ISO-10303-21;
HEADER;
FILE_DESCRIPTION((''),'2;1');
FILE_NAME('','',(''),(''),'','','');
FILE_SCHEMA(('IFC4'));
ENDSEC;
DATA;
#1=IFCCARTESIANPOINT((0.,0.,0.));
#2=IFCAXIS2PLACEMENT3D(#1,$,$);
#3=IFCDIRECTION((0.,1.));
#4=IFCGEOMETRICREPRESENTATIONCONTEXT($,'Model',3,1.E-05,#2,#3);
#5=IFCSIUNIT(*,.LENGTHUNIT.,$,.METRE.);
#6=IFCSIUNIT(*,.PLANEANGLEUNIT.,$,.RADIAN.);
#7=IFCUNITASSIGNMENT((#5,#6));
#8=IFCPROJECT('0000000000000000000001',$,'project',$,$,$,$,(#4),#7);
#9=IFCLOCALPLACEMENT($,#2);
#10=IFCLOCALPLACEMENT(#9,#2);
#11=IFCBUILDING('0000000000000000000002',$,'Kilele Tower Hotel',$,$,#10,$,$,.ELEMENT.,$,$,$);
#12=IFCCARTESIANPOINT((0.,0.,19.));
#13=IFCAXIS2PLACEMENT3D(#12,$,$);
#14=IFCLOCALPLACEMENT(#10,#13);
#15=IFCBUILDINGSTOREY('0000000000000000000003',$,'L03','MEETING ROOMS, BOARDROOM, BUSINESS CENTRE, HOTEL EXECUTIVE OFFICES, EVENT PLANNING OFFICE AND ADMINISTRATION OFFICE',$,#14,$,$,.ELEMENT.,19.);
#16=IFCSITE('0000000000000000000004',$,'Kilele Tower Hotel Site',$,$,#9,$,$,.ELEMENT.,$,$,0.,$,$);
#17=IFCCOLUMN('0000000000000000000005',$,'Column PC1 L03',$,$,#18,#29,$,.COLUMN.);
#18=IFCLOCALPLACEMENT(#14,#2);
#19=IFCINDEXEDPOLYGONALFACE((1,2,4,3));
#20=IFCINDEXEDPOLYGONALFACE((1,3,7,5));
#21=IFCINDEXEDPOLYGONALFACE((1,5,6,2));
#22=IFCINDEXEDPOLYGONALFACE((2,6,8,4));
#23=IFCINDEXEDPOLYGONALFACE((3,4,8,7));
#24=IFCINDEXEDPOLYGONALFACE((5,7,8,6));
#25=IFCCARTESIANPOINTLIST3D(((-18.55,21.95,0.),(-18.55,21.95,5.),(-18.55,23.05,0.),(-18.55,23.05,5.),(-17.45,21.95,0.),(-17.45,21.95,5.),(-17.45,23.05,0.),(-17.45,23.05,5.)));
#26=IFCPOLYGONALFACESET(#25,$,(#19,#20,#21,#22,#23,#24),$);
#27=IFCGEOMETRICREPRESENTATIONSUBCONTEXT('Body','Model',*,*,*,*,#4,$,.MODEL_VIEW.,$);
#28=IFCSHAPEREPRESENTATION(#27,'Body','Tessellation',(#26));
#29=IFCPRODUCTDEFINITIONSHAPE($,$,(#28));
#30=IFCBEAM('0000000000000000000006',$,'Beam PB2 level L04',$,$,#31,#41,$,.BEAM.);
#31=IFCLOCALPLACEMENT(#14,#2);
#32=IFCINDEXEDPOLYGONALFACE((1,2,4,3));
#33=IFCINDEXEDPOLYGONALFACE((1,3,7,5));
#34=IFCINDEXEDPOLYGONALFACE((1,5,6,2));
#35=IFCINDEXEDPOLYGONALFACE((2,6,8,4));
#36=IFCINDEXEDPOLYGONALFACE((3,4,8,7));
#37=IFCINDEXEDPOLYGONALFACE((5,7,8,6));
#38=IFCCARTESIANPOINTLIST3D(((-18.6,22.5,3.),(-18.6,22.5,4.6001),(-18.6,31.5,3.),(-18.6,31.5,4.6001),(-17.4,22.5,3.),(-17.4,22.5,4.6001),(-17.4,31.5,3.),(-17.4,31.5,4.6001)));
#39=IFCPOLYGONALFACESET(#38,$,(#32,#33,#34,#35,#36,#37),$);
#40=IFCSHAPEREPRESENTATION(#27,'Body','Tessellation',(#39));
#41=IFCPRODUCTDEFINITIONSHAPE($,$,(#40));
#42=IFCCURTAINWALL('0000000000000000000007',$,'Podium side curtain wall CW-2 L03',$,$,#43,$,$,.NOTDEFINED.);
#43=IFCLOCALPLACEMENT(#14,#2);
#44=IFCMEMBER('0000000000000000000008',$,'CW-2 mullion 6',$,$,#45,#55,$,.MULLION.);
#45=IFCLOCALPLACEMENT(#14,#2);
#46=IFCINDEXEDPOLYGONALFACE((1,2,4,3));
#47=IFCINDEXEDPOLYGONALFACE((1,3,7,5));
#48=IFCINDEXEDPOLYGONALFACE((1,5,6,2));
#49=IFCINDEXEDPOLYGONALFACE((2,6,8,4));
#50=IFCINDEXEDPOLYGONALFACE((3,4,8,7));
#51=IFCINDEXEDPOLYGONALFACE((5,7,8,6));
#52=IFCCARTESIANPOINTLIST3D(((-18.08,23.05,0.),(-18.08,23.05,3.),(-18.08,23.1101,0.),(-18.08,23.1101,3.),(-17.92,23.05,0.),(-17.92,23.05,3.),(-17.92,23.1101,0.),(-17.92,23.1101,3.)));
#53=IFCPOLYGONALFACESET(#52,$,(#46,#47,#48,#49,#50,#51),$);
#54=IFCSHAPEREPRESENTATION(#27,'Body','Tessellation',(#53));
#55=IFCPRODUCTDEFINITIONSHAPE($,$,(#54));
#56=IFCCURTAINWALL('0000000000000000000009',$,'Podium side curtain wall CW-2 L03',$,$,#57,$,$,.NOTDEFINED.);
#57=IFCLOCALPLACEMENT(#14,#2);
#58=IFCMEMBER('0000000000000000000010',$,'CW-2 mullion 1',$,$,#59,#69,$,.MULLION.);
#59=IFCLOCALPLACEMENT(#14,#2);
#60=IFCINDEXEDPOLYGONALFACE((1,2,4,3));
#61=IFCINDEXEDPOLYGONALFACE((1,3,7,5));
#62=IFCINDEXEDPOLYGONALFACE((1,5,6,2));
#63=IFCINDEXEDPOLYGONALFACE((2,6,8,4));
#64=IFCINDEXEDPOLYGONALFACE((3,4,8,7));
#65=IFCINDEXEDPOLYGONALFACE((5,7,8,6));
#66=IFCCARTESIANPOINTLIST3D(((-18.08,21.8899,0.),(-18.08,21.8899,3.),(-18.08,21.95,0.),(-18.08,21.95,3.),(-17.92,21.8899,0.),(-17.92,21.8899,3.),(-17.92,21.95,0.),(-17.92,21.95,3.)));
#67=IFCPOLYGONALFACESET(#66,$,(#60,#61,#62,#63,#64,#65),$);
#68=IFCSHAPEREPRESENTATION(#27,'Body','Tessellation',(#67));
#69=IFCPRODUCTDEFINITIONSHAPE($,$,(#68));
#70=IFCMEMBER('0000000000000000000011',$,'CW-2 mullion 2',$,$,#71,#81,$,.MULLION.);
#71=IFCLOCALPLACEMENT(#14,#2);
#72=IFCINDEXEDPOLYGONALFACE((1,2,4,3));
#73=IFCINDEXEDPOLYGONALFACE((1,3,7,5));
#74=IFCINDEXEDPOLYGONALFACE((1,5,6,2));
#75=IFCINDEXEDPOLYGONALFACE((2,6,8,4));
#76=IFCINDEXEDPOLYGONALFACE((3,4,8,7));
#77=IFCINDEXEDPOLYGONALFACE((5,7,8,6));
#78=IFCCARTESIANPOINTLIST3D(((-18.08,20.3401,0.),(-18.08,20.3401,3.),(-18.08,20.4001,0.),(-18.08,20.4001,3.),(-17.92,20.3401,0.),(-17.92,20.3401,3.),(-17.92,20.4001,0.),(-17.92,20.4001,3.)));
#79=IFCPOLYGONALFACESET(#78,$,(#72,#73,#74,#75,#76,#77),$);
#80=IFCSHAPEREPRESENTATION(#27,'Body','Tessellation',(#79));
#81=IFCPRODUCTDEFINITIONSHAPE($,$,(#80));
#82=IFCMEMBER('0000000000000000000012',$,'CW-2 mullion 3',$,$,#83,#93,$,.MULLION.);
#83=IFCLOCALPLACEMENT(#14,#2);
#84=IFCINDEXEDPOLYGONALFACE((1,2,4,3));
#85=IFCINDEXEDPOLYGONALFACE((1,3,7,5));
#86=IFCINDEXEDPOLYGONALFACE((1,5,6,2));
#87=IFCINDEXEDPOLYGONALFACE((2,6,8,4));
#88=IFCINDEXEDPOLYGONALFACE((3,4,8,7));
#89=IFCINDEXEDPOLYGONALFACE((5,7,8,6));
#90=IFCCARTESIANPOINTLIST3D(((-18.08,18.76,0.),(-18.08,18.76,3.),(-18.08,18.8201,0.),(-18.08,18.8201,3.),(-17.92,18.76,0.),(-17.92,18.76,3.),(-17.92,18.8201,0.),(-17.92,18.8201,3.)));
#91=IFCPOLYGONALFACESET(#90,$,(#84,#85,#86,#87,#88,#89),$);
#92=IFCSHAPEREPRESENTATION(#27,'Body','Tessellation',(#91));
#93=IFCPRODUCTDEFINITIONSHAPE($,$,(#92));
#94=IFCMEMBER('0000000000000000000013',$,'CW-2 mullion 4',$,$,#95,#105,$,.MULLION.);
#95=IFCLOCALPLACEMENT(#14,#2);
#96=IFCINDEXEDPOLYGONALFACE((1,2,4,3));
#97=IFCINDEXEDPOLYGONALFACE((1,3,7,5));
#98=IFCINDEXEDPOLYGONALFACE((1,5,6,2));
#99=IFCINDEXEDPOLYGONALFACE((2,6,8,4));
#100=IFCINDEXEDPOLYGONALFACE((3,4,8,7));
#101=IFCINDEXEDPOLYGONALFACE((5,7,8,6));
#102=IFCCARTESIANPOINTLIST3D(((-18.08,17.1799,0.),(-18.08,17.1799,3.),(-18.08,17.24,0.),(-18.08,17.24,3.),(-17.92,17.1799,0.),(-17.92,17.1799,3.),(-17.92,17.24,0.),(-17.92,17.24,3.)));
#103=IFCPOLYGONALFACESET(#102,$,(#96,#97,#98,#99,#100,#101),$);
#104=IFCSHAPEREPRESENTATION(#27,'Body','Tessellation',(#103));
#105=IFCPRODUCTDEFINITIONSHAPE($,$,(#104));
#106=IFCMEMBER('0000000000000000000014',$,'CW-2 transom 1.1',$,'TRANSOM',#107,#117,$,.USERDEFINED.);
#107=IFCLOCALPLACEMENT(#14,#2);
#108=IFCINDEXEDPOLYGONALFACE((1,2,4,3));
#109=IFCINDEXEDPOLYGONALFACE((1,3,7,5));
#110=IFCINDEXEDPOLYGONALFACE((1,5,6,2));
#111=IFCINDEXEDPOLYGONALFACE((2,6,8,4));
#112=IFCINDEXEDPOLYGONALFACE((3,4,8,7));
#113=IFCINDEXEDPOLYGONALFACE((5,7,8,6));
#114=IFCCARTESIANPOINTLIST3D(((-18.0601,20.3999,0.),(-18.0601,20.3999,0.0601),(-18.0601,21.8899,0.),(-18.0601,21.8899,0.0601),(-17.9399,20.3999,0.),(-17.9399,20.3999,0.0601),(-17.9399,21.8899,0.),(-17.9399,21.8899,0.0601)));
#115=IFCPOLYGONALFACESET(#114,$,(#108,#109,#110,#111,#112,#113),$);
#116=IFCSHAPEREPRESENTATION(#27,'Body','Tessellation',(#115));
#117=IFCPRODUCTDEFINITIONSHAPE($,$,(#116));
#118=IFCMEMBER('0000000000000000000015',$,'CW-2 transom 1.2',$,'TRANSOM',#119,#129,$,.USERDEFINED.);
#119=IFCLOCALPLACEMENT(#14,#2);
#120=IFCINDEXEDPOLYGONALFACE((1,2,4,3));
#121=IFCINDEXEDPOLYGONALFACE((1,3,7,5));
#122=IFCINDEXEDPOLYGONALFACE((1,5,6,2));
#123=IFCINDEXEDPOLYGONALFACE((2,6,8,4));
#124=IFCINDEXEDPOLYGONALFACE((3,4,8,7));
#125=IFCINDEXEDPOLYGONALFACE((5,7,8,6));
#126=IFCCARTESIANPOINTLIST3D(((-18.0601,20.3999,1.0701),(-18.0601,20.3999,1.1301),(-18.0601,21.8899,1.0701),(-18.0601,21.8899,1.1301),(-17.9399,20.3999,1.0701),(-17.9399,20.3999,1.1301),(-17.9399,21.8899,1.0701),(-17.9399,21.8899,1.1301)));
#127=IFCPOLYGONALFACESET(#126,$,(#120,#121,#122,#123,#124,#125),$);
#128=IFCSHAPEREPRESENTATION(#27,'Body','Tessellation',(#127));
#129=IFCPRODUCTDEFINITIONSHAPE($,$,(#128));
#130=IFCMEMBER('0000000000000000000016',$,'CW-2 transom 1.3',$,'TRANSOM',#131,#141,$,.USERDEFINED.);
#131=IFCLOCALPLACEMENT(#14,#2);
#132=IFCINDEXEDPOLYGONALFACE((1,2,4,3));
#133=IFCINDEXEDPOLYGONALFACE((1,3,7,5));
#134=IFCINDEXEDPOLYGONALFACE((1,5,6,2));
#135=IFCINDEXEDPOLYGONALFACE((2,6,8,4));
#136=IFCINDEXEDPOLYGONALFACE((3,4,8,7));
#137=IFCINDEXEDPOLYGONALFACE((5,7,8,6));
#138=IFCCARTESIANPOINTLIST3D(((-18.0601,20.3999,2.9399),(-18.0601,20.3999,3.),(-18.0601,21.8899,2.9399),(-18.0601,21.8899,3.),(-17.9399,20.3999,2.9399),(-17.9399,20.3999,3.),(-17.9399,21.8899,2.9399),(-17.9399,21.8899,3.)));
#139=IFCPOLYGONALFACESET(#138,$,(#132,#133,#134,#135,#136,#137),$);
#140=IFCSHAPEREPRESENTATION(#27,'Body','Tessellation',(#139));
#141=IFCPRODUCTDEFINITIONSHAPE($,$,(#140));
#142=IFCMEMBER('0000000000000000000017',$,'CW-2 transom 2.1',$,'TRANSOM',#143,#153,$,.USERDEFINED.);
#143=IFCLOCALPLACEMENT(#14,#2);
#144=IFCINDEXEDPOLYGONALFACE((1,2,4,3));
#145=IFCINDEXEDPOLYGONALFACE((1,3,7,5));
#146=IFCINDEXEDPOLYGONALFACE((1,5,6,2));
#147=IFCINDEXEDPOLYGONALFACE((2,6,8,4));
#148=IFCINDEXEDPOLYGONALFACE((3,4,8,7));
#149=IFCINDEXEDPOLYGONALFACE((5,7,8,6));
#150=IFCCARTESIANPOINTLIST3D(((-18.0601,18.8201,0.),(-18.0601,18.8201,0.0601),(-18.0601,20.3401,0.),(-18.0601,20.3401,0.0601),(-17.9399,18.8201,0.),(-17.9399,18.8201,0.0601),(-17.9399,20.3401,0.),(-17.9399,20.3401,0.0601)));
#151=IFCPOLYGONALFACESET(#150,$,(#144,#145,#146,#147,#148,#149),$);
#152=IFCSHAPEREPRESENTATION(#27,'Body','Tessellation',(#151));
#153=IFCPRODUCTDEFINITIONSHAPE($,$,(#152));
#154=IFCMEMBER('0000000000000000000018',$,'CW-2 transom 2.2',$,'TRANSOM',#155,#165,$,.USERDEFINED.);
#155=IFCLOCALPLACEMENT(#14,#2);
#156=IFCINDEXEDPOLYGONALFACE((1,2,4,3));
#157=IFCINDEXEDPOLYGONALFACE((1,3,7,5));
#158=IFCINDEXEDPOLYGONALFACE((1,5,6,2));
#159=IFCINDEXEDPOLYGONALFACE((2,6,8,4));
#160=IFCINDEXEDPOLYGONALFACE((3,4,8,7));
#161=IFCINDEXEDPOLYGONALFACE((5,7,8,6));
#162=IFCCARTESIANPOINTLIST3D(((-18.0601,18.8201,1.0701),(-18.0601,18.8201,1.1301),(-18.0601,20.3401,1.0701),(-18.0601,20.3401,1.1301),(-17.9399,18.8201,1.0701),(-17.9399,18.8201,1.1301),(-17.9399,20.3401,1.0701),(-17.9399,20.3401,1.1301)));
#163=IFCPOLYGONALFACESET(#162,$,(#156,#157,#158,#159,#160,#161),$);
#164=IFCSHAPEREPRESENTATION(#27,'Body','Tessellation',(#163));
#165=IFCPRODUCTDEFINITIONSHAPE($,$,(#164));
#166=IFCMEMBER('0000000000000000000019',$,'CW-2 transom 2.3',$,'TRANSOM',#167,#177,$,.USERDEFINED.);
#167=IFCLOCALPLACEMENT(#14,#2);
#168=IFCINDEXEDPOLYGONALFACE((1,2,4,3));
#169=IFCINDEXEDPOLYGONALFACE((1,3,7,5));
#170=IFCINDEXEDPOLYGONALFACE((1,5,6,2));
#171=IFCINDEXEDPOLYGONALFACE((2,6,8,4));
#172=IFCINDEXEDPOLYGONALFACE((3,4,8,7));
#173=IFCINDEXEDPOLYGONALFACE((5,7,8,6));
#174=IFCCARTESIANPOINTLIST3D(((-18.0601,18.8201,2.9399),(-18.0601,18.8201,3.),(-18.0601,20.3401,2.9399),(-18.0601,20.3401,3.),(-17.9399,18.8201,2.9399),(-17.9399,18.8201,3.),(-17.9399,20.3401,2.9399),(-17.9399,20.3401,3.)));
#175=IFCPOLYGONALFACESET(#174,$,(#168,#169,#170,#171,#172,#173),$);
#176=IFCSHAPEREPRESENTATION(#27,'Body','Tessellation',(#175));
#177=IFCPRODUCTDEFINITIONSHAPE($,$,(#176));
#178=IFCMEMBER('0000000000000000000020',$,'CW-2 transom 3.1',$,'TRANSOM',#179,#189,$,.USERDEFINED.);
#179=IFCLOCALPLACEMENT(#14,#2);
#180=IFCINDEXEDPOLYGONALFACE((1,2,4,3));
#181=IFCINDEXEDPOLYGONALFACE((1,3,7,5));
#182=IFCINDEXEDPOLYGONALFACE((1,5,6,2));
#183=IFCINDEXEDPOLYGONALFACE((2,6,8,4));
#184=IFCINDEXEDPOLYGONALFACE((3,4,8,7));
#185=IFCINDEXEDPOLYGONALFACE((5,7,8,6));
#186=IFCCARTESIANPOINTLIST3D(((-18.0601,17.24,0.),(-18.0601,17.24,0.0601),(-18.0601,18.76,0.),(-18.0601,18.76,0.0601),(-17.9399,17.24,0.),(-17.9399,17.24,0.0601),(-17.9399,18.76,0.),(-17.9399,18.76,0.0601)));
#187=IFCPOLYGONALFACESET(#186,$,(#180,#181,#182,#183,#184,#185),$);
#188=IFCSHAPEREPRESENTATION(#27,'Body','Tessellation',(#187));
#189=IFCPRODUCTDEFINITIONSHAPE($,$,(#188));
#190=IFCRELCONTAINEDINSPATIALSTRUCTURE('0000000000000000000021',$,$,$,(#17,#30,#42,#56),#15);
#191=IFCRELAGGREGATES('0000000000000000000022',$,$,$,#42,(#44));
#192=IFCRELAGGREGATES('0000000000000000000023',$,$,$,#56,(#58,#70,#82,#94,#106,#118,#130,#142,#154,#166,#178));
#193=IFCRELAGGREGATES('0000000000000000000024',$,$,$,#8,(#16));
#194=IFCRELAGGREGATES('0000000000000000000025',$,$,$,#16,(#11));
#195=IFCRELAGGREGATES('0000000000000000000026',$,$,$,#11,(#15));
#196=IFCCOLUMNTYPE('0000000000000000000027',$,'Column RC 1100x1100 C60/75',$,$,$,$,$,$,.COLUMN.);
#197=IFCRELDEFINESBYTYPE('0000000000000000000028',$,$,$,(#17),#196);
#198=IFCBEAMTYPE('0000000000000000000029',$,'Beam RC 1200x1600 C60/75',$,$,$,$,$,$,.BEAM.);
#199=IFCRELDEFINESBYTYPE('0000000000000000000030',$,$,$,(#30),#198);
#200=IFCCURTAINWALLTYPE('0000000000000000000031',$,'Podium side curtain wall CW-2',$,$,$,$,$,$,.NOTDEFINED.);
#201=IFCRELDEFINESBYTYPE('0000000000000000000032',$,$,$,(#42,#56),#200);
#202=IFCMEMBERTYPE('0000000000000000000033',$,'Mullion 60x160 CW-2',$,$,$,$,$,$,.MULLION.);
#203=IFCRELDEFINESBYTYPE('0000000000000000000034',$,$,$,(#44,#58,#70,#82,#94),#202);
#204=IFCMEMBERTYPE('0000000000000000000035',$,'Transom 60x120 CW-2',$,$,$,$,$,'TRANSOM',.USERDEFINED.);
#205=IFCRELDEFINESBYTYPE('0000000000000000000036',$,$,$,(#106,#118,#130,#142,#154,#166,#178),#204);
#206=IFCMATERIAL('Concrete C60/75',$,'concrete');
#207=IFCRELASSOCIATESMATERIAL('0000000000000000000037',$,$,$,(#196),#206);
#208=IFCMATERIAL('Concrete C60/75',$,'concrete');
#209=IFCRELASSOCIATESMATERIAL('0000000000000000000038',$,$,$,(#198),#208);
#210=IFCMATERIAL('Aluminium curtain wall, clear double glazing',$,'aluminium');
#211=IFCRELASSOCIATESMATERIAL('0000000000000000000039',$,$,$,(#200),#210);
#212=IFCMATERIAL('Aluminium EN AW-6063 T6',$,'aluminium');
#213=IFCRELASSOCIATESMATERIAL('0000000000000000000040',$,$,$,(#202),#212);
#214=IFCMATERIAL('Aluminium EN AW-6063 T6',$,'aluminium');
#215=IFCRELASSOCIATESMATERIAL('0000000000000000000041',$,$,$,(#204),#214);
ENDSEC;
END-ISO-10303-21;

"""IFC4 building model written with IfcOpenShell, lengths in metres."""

from ifc_helpers import new_model, si_unit, direction, frame, origin, origin_2d, place, context, subcontext, project, spatial, rectangle, extrude, material, material_profile, profile_set, type_object, element, aggregate, save


model = new_model("IFC4")

# Units and contexts
model_context = context("Model", 3, precision=1e-05, world=origin(), true_north=direction((0.0, 1.0)))
body_context = subcontext(model_context, "Body", "Model", "MODEL_VIEW")
ifc_project = project(units=[si_unit("LENGTHUNIT", "METRE"), si_unit("PLANEANGLEUNIT", "RADIAN")], contexts=[model_context])

# Site, building, storey
site_placement = place(None, origin())
site = spatial("IfcSite", under=ifc_project, at=site_placement, Name="Kilele Tower Hotel Site", CompositionType="ELEMENT", RefElevation=0.0)
building_placement = place(site_placement, origin())
building = spatial("IfcBuilding", under=site, at=building_placement, Name="Kilele Tower Hotel", CompositionType="ELEMENT")
storey_placement = place(building_placement, frame((0.0, 0.0, 19.0)))
storey = spatial("IfcBuildingStorey", under=building, at=storey_placement, Name="L03", Description="MEETING ROOMS, BOARDROOM, BUSINESS CENTRE, HOTEL EXECUTIVE OFFICES, EVENT PLANNING OFFICE AND ADMINISTRATION OFFICE", CompositionType="ELEMENT", Elevation=19.0)

# Column
ifc_material_1 = material(Name="Concrete C60/75", Category="concrete")
ifc_material_profile_1 = material_profile(ifc_material_1, rectangle(XDim=1.1001, YDim=1.1001, at=origin_2d()))
ifc_profile_set_1 = profile_set([ifc_material_profile_1], Name="Concrete C60/75")
column_type = type_object("IfcColumnType", Name="Column RC 1100x1100 C60/75", PredefinedType="COLUMN", material=ifc_profile_set_1)
column_placement = place(storey_placement, frame((-18.0, 22.5, 0.0), z_axis=(0.0, 0.0, 1.0), x_axis=(1.0, 0.0, 0.0)))
element("IfcColumn", 1, at=column_placement, inside=storey, type_object=column_type, Name="Column PC1 L03", PredefinedType="COLUMN", context=body_context, shape_type="SweptSolid", body=[
    extrude(rectangle(XDim=1.1001, YDim=1.1001, at=origin_2d()), origin(), (0.0, 0.0, 1.0), 5.0),
])

# Beam
ifc_material_2 = material(Name="Concrete C60/75", Category="concrete")
ifc_material_profile_2 = material_profile(ifc_material_2, rectangle(XDim=1.2, YDim=1.6001, at=origin_2d()))
ifc_profile_set_2 = profile_set([ifc_material_profile_2], Name="Concrete C60/75")
beam_type = type_object("IfcBeamType", Name="Beam RC 1200x1600 C60/75", PredefinedType="BEAM", material=ifc_profile_set_2)
beam_placement = place(storey_placement, frame((-18.0, 22.5, 3.8), z_axis=(0.0, 1.0, 0.0), x_axis=(-1.0, 0.0, 0.0)))
element("IfcBeam", 2, at=beam_placement, inside=storey, type_object=beam_type, Name="Beam PB2 level L04", PredefinedType="BEAM", context=body_context, shape_type="SweptSolid", body=[
    extrude(rectangle(XDim=1.2, YDim=1.6001, at=origin_2d()), origin(), (0.0, 0.0, 1.0), 9.0),
])

# Curtain wall, member
ifc_material_3 = material(Name="Aluminium curtain wall, clear double glazing", Category="aluminium")
curtain_wall_type = type_object("IfcCurtainWallType", Name="Podium side curtain wall CW-2", PredefinedType="NOTDEFINED", material=ifc_material_3)
curtain_wall_1_placement = place(storey_placement, origin())
curtain_wall_1 = element("IfcCurtainWall", 3, at=curtain_wall_1_placement, inside=storey, type_object=curtain_wall_type, Name="Podium side curtain wall CW-2 L03", PredefinedType="NOTDEFINED")
ifc_material_4 = material(Name="Aluminium EN AW-6063 T6", Category="aluminium")
ifc_material_profile_3 = material_profile(ifc_material_4, rectangle(XDim=0.1599, YDim=0.0601, at=origin_2d()))
ifc_profile_set_3 = profile_set([ifc_material_profile_3], Name="Aluminium EN AW-6063 T6")
member_type_1 = type_object("IfcMemberType", Name="Mullion 60x160 CW-2", PredefinedType="MULLION", material=ifc_profile_set_3)
member_1_placement = place(storey_placement, frame((-18.0, 23.0801, 0.0), z_axis=(0.0, 0.0, 1.0), x_axis=(1.0, 0.0, 0.0)))
member_1 = element("IfcMember", 4, at=member_1_placement, type_object=member_type_1, Name="CW-2 mullion 6", PredefinedType="MULLION", context=body_context, shape_type="SweptSolid", body=[
    extrude(rectangle(XDim=0.1599, YDim=0.0601, at=origin_2d()), origin(), (0.0, 0.0, 1.0), 3.0),
])

# Curtain wall, members
curtain_wall_2_placement = place(storey_placement, origin())
curtain_wall_2 = element("IfcCurtainWall", 5, at=curtain_wall_2_placement, inside=storey, type_object=curtain_wall_type, Name="Podium side curtain wall CW-2 L03", PredefinedType="NOTDEFINED")
member_2_placement = place(storey_placement, frame((-18.0, 21.9199, 0.0), z_axis=(0.0, 0.0, 1.0), x_axis=(1.0, 0.0, 0.0)))
member_2 = element("IfcMember", 6, at=member_2_placement, type_object=member_type_1, Name="CW-2 mullion 1", PredefinedType="MULLION", context=body_context, shape_type="SweptSolid", body=[
    extrude(rectangle(XDim=0.1599, YDim=0.0601, at=origin_2d()), origin(), (0.0, 0.0, 1.0), 3.0),
])
member_3_placement = place(storey_placement, frame((-18.0, 20.3701, 0.0), z_axis=(0.0, 0.0, 1.0), x_axis=(1.0, 0.0, 0.0)))
member_3 = element("IfcMember", 7, at=member_3_placement, type_object=member_type_1, Name="CW-2 mullion 2", PredefinedType="MULLION", context=body_context, shape_type="SweptSolid", body=[
    extrude(rectangle(XDim=0.1599, YDim=0.0601, at=origin_2d()), origin(), (0.0, 0.0, 1.0), 3.0),
])
member_4_placement = place(storey_placement, frame((-18.0, 18.79, 0.0), z_axis=(0.0, 0.0, 1.0), x_axis=(1.0, 0.0, 0.0)))
member_4 = element("IfcMember", 8, at=member_4_placement, type_object=member_type_1, Name="CW-2 mullion 3", PredefinedType="MULLION", context=body_context, shape_type="SweptSolid", body=[
    extrude(rectangle(XDim=0.1599, YDim=0.0601, at=origin_2d()), origin(), (0.0, 0.0, 1.0), 3.0),
])
member_5_placement = place(storey_placement, frame((-18.0, 17.21, 0.0), z_axis=(0.0, 0.0, 1.0), x_axis=(1.0, 0.0, 0.0)))
member_5 = element("IfcMember", 9, at=member_5_placement, type_object=member_type_1, Name="CW-2 mullion 4", PredefinedType="MULLION", context=body_context, shape_type="SweptSolid", body=[
    extrude(rectangle(XDim=0.1599, YDim=0.0601, at=origin_2d()), origin(), (0.0, 0.0, 1.0), 3.0),
])
ifc_material_5 = material(Name="Aluminium EN AW-6063 T6", Category="aluminium")
ifc_material_profile_4 = material_profile(ifc_material_5, rectangle(XDim=0.1201, YDim=0.0601, at=origin_2d()))
ifc_profile_set_4 = profile_set([ifc_material_profile_4], Name="Aluminium EN AW-6063 T6")
member_type_2 = type_object("IfcMemberType", Name="Transom 60x120 CW-2", ElementType="TRANSOM", PredefinedType="USERDEFINED", material=ifc_profile_set_4)
member_6_placement = place(storey_placement, frame((-18.0, 21.8899, 0.03), z_axis=(0.0, -1.0, 0.0), x_axis=(1.0, 0.0, 0.0)))
member_6 = element("IfcMember", 10, at=member_6_placement, type_object=member_type_2, Name="CW-2 transom 1.1", ObjectType="TRANSOM", PredefinedType="USERDEFINED", context=body_context, shape_type="SweptSolid", body=[
    extrude(rectangle(XDim=0.1201, YDim=0.0601, at=origin_2d()), origin(), (0.0, 0.0, 1.0), 1.49),
])
member_7_placement = place(storey_placement, frame((-18.0, 21.8899, 1.1001), z_axis=(0.0, -1.0, 0.0), x_axis=(1.0, 0.0, 0.0)))
member_7 = element("IfcMember", 11, at=member_7_placement, type_object=member_type_2, Name="CW-2 transom 1.2", ObjectType="TRANSOM", PredefinedType="USERDEFINED", context=body_context, shape_type="SweptSolid", body=[
    extrude(rectangle(XDim=0.1201, YDim=0.0601, at=origin_2d()), origin(), (0.0, 0.0, 1.0), 1.49),
])
member_8_placement = place(storey_placement, frame((-18.0, 21.8899, 2.97), z_axis=(0.0, -1.0, 0.0), x_axis=(1.0, 0.0, 0.0)))
member_8 = element("IfcMember", 12, at=member_8_placement, type_object=member_type_2, Name="CW-2 transom 1.3", ObjectType="TRANSOM", PredefinedType="USERDEFINED", context=body_context, shape_type="SweptSolid", body=[
    extrude(rectangle(XDim=0.1201, YDim=0.0601, at=origin_2d()), origin(), (0.0, 0.0, 1.0), 1.49),
])
member_9_placement = place(storey_placement, frame((-18.0, 20.3401, 0.03), z_axis=(0.0, -1.0, 0.0), x_axis=(1.0, 0.0, 0.0)))
member_9 = element("IfcMember", 13, at=member_9_placement, type_object=member_type_2, Name="CW-2 transom 2.1", ObjectType="TRANSOM", PredefinedType="USERDEFINED", context=body_context, shape_type="SweptSolid", body=[
    extrude(rectangle(XDim=0.1201, YDim=0.0601, at=origin_2d()), origin(), (0.0, 0.0, 1.0), 1.52),
])
member_10_placement = place(storey_placement, frame((-18.0, 20.3401, 1.1001), z_axis=(0.0, -1.0, 0.0), x_axis=(1.0, 0.0, 0.0)))
member_10 = element("IfcMember", 14, at=member_10_placement, type_object=member_type_2, Name="CW-2 transom 2.2", ObjectType="TRANSOM", PredefinedType="USERDEFINED", context=body_context, shape_type="SweptSolid", body=[
    extrude(rectangle(XDim=0.1201, YDim=0.0601, at=origin_2d()), origin(), (0.0, 0.0, 1.0), 1.52),
])
member_11_placement = place(storey_placement, frame((-18.0, 20.3401, 2.97), z_axis=(0.0, -1.0, 0.0), x_axis=(1.0, 0.0, 0.0)))
member_11 = element("IfcMember", 15, at=member_11_placement, type_object=member_type_2, Name="CW-2 transom 2.3", ObjectType="TRANSOM", PredefinedType="USERDEFINED", context=body_context, shape_type="SweptSolid", body=[
    extrude(rectangle(XDim=0.1201, YDim=0.0601, at=origin_2d()), origin(), (0.0, 0.0, 1.0), 1.52),
])
member_12_placement = place(storey_placement, frame((-18.0, 18.76, 0.03), z_axis=(0.0, -1.0, 0.0), x_axis=(1.0, 0.0, 0.0)))
member_12 = element("IfcMember", 16, at=member_12_placement, type_object=member_type_2, Name="CW-2 transom 3.1", ObjectType="TRANSOM", PredefinedType="USERDEFINED", context=body_context, shape_type="SweptSolid", body=[
    extrude(rectangle(XDim=0.1201, YDim=0.0601, at=origin_2d()), origin(), (0.0, 0.0, 1.0), 1.52),
])

aggregate(curtain_wall_1, [member_1])
aggregate(curtain_wall_2, [member_2, member_3, member_4, member_5, member_6, member_7, member_8, member_9, member_10, member_11, member_12])

save(model, "model.ifc")
